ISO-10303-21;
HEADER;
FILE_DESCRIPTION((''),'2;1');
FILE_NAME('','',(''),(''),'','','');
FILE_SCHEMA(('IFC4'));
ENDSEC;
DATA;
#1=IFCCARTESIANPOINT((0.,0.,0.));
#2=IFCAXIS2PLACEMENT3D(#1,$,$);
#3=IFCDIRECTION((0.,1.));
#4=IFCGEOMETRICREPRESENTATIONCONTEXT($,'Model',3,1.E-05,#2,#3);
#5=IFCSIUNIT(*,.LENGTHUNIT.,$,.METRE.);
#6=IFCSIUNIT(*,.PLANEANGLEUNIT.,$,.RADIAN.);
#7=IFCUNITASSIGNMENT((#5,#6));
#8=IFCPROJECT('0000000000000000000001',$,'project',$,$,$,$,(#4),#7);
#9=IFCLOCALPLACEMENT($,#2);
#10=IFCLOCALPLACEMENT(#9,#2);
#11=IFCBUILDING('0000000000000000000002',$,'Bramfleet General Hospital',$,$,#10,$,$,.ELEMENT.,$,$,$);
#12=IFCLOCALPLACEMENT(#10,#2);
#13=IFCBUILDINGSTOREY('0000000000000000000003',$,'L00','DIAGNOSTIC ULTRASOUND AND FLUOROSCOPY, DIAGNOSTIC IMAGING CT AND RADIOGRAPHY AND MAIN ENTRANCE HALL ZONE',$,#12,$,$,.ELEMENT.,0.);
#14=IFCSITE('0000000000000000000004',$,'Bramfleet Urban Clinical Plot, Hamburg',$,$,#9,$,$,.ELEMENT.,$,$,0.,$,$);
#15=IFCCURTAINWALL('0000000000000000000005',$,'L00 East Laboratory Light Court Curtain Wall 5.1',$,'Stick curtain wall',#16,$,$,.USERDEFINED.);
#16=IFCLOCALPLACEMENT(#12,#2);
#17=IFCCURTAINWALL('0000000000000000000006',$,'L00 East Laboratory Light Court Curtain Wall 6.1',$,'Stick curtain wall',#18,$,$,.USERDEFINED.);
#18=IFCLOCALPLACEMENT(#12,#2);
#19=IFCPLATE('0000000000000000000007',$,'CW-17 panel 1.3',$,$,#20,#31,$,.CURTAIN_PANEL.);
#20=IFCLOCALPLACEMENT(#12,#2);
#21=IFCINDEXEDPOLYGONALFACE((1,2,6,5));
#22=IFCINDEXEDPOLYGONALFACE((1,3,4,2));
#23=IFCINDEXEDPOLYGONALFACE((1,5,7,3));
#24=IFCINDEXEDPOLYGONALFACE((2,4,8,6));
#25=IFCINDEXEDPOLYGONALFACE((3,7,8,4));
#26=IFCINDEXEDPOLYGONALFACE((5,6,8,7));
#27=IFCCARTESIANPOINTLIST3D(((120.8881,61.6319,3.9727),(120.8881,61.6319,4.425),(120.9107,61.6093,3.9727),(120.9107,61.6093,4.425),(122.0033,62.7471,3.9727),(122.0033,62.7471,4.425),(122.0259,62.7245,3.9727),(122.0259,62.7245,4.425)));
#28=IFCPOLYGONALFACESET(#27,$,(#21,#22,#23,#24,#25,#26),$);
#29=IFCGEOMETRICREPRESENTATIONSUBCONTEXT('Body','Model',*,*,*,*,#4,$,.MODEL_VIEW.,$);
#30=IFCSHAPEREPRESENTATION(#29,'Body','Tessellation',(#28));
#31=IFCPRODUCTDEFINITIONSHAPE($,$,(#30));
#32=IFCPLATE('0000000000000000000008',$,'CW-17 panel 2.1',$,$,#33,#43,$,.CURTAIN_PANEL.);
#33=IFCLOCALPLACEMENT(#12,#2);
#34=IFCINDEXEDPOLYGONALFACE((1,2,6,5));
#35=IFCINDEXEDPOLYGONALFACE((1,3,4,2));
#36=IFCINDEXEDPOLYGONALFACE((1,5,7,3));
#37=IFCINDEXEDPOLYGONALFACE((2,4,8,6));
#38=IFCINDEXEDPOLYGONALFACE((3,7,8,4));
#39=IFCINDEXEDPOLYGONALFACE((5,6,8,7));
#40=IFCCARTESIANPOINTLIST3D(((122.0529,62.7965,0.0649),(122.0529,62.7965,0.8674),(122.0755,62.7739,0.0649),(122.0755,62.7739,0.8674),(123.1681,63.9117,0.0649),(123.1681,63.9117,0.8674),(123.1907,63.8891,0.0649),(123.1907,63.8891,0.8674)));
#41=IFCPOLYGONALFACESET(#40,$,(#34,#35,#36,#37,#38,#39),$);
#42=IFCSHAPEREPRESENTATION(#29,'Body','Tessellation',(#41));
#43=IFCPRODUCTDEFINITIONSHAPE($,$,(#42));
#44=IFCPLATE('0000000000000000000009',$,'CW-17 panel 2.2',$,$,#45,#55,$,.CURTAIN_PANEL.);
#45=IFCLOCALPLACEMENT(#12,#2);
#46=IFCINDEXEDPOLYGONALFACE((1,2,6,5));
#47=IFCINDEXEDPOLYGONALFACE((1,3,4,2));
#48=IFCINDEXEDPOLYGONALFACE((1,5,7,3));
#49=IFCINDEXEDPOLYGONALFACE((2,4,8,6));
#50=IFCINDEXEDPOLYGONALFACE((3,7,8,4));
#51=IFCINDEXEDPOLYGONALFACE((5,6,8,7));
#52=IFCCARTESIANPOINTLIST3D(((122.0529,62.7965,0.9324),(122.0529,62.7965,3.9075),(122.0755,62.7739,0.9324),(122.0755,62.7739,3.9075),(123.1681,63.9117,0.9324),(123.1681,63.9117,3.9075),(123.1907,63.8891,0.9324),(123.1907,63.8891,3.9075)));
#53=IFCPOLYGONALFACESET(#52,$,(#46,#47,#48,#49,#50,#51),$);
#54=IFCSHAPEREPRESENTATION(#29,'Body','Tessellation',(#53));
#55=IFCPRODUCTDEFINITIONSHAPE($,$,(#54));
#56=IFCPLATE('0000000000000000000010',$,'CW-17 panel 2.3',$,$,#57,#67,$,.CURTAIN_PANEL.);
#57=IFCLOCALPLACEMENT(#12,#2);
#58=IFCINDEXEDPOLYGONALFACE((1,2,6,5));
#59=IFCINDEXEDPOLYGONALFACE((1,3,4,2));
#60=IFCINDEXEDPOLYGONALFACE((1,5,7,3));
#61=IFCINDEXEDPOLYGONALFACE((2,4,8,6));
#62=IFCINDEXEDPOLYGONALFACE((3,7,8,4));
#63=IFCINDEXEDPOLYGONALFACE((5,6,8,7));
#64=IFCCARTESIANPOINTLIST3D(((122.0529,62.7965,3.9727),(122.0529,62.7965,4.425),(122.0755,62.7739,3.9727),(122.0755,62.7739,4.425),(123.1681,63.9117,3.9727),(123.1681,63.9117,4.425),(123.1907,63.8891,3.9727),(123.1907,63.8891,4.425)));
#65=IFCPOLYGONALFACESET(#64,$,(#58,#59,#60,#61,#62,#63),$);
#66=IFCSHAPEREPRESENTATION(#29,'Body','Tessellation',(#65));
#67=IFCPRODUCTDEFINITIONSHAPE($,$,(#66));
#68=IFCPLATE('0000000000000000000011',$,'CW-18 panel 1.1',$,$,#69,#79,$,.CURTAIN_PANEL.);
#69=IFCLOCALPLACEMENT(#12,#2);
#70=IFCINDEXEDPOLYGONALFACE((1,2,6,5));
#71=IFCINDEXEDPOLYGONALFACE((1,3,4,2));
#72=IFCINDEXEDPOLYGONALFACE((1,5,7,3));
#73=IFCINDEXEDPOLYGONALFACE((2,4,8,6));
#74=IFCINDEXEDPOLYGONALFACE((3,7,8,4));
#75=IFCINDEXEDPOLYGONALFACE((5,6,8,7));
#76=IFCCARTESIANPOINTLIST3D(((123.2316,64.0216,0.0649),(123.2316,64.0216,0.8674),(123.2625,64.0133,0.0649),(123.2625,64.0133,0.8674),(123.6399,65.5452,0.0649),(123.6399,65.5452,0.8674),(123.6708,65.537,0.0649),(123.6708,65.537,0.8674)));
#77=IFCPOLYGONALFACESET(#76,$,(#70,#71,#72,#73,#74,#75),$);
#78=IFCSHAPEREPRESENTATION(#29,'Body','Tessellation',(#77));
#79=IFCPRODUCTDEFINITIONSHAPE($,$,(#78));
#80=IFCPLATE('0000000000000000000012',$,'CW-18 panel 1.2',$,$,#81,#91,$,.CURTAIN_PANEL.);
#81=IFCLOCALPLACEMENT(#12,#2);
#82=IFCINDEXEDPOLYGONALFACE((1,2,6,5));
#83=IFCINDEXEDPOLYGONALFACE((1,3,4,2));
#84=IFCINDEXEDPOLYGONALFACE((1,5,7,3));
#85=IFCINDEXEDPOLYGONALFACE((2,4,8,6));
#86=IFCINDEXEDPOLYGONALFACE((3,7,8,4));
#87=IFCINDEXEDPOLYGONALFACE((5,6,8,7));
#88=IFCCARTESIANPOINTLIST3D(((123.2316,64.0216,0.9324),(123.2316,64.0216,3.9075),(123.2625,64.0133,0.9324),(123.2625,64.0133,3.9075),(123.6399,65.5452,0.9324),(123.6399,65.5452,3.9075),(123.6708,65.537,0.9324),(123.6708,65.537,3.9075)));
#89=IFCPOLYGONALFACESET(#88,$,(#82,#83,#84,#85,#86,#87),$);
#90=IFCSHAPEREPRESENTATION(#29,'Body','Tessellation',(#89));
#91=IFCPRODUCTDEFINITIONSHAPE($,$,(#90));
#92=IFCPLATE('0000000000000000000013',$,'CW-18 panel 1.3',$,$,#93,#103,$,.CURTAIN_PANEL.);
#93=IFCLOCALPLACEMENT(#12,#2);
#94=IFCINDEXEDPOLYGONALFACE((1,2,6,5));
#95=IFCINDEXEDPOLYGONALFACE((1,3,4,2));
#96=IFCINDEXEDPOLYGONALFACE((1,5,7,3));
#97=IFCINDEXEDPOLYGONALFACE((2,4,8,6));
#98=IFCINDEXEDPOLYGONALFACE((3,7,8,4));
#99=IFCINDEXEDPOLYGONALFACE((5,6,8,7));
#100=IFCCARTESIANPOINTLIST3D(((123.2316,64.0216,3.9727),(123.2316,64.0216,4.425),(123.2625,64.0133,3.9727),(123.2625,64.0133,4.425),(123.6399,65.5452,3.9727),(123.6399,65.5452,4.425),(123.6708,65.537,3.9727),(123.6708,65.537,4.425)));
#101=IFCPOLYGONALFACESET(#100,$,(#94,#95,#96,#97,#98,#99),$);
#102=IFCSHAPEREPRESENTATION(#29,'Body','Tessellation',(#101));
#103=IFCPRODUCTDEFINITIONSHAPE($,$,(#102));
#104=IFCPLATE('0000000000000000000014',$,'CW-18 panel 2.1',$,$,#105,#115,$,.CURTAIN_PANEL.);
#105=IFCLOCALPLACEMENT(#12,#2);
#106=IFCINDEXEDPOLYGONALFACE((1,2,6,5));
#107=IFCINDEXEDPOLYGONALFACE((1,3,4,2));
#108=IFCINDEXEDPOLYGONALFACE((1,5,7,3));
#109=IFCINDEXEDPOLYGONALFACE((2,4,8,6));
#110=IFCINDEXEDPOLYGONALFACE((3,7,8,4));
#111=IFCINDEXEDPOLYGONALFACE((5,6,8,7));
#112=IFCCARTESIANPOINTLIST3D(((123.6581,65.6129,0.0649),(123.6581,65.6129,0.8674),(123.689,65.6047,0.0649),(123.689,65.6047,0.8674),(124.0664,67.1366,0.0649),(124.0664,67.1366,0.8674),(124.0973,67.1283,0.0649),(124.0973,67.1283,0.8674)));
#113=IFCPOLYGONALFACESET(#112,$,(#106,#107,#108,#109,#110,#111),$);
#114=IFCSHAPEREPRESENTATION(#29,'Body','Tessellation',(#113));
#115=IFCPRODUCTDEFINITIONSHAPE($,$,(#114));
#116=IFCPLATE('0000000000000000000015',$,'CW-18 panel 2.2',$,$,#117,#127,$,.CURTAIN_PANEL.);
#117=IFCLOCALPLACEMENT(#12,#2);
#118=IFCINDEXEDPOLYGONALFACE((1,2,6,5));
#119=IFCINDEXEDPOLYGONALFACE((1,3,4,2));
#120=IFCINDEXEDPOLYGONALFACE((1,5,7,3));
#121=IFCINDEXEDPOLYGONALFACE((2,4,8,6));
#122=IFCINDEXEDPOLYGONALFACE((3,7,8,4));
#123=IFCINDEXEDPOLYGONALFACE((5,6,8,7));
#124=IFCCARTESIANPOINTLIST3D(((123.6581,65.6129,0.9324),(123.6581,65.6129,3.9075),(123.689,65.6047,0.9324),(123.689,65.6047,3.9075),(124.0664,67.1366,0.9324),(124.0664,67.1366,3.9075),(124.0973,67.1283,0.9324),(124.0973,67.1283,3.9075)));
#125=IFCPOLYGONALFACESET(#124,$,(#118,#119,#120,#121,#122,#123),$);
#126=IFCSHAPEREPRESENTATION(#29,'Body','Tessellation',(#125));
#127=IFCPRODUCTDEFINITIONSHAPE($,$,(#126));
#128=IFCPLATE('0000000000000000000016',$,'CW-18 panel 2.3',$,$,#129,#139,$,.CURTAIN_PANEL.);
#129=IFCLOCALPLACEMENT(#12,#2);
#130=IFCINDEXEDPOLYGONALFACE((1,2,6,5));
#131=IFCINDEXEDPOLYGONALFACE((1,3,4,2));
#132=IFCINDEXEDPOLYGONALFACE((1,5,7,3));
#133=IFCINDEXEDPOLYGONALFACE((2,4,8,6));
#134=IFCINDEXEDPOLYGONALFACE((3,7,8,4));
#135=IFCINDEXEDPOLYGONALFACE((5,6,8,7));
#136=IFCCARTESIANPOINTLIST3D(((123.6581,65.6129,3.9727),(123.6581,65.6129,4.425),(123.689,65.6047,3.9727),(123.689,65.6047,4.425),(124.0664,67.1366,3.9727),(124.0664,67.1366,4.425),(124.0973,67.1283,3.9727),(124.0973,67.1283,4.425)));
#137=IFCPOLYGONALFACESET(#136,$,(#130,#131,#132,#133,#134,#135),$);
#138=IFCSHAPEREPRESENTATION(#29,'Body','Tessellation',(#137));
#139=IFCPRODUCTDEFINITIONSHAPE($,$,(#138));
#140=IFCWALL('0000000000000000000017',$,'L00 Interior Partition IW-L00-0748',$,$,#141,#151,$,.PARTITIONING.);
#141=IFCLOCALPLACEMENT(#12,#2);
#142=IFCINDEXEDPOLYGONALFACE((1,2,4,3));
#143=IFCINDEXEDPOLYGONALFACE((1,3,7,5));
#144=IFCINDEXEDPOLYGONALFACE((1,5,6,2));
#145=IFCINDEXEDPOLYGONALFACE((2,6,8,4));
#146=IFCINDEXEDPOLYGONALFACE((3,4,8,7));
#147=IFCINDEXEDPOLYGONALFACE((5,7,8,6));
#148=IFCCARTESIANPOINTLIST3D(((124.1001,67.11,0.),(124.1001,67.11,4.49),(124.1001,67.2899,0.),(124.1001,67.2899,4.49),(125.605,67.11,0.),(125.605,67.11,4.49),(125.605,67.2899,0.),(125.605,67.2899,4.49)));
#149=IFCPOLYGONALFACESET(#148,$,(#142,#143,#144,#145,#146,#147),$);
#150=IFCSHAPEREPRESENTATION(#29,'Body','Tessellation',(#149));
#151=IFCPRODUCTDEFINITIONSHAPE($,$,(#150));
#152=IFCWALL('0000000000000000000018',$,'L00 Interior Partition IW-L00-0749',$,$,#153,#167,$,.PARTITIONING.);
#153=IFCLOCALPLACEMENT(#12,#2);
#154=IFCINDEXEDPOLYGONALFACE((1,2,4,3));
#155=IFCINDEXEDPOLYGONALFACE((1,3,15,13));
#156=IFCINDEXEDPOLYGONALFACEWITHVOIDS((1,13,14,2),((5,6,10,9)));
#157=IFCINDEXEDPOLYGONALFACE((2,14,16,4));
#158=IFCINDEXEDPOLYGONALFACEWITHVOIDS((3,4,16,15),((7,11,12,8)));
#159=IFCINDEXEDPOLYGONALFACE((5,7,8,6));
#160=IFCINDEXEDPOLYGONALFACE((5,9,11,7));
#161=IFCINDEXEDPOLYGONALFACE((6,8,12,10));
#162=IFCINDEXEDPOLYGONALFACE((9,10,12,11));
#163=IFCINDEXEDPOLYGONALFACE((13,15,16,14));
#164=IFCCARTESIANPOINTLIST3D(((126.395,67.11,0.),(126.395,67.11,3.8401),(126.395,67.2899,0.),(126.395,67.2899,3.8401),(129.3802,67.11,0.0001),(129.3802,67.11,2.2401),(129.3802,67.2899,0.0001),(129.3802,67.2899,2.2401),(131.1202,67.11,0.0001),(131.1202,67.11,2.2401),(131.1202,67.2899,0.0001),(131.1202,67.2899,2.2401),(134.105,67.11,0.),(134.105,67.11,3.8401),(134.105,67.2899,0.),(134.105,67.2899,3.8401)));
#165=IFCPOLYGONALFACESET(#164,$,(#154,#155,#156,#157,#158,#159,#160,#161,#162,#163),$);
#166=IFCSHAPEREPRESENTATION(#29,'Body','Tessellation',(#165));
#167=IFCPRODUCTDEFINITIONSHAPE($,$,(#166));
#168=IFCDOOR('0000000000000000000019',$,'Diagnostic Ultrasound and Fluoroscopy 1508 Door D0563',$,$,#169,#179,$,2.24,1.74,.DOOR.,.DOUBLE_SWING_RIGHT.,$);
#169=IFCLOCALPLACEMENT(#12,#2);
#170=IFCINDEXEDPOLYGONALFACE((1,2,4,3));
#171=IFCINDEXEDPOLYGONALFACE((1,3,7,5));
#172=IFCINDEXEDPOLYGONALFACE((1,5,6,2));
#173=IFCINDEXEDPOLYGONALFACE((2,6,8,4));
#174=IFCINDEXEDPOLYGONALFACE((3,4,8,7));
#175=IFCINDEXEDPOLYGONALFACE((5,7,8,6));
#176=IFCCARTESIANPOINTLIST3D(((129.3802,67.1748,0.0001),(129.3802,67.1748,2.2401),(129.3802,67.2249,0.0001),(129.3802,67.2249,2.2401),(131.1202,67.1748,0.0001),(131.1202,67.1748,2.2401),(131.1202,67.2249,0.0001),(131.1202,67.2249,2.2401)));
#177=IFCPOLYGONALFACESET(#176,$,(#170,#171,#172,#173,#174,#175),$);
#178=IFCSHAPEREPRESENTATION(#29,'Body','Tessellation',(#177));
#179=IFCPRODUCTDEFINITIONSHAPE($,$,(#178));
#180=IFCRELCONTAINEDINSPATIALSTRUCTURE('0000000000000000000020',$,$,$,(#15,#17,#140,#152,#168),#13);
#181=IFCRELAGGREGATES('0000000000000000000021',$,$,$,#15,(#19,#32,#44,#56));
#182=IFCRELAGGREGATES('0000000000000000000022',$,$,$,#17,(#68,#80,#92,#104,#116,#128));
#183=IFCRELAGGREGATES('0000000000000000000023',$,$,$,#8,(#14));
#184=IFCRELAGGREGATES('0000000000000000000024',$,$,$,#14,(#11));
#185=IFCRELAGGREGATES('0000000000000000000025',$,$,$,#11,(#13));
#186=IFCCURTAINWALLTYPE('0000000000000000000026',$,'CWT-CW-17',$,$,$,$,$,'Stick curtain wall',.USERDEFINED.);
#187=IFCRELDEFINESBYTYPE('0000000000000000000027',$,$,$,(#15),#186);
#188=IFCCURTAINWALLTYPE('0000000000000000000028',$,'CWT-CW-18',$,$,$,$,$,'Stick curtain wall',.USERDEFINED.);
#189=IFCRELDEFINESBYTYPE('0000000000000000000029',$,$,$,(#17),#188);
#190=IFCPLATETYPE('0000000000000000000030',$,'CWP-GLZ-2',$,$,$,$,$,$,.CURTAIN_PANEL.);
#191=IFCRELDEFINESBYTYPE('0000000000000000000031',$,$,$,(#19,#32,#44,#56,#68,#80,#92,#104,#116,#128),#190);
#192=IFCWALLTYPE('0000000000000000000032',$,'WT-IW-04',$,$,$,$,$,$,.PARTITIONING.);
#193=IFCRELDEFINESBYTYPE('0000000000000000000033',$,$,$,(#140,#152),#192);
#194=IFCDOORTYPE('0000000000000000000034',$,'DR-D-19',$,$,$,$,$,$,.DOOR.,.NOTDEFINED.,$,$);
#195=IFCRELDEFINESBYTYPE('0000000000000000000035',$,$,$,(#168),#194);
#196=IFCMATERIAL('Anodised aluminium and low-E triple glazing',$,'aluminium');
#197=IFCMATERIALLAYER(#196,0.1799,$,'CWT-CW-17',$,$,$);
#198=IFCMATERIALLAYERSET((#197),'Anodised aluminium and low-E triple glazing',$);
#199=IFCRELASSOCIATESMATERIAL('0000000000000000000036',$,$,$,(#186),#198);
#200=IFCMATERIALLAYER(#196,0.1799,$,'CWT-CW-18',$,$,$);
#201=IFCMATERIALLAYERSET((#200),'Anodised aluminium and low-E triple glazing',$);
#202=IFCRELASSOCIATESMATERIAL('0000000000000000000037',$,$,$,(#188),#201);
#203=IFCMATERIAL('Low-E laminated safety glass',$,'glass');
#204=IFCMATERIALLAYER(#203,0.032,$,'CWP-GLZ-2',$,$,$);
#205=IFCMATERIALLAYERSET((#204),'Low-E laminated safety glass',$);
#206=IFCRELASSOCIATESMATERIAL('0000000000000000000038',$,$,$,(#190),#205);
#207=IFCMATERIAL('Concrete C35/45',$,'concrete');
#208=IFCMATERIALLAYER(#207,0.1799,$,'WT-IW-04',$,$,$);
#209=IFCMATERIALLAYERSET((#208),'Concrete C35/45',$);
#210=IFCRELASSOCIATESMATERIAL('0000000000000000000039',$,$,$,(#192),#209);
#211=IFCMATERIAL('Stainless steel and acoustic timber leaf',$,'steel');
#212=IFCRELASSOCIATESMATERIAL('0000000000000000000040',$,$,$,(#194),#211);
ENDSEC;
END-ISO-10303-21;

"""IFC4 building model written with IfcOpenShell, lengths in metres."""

from ifc_helpers import new_model, si_unit, direction, frame, frame_2d, origin, origin_2d, place, context, subcontext, project, spatial, rectangle, extrude, material, layer, layer_set, type_object, element, fill, aggregate, save


model = new_model("IFC4")

# Units and contexts
model_context = context("Model", 3, precision=1e-05, world=origin(), true_north=direction((0.0, 1.0)))
body_context = subcontext(model_context, "Body", "Model", "MODEL_VIEW")
ifc_project = project(units=[si_unit("LENGTHUNIT", "METRE"), si_unit("PLANEANGLEUNIT", "RADIAN")], contexts=[model_context])

# Site, building, storey
site_placement = place(None, origin())
site = spatial("IfcSite", under=ifc_project, at=site_placement, Name="Bramfleet Urban Clinical Plot, Hamburg", CompositionType="ELEMENT", RefElevation=0.0)
building_placement = place(site_placement, origin())
building = spatial("IfcBuilding", under=site, at=building_placement, Name="Bramfleet General Hospital", CompositionType="ELEMENT")
storey_placement = place(building_placement, origin())
storey = spatial("IfcBuildingStorey", under=building, at=storey_placement, Name="L00", Description="DIAGNOSTIC ULTRASOUND AND FLUOROSCOPY, DIAGNOSTIC IMAGING CT AND RADIOGRAPHY AND MAIN ENTRANCE HALL ZONE", CompositionType="ELEMENT", Elevation=0.0)

# Shared definitions
ifc_material_1 = material(Name="Concrete C35/45", Category="concrete")

# Curtain walls
ifc_material_2 = material(Name="Anodised aluminium and low-E triple glazing", Category="aluminium")
ifc_layer_1 = layer(ifc_material_2, 0.1799, Name="CWT-CW-17")
ifc_layer_set_1 = layer_set([ifc_layer_1], Name="Anodised aluminium and low-E triple glazing")
curtain_wall_type_1 = type_object("IfcCurtainWallType", Name="CWT-CW-17", ElementType="Stick curtain wall", PredefinedType="USERDEFINED", material=ifc_layer_set_1)
curtain_wall_1_placement = place(storey_placement, origin())
curtain_wall_1 = element("IfcCurtainWall", 1, at=curtain_wall_1_placement, inside=storey, type_object=curtain_wall_type_1, Name="L00 East Laboratory Light Court Curtain Wall 5.1", ObjectType="Stick curtain wall", PredefinedType="USERDEFINED")
ifc_layer_2 = layer(ifc_material_2, 0.1799, Name="CWT-CW-18")
ifc_layer_set_2 = layer_set([ifc_layer_2], Name="Anodised aluminium and low-E triple glazing")
curtain_wall_type_2 = type_object("IfcCurtainWallType", Name="CWT-CW-18", ElementType="Stick curtain wall", PredefinedType="USERDEFINED", material=ifc_layer_set_2)
curtain_wall_2_placement = place(storey_placement, origin())
curtain_wall_2 = element("IfcCurtainWall", 2, at=curtain_wall_2_placement, inside=storey, type_object=curtain_wall_type_2, Name="L00 East Laboratory Light Court Curtain Wall 6.1", ObjectType="Stick curtain wall", PredefinedType="USERDEFINED")

# Plates
ifc_material_3 = material(Name="Low-E laminated safety glass", Category="glass")
ifc_layer_3 = layer(ifc_material_3, 0.032, Name="CWP-GLZ-2")
ifc_layer_set_3 = layer_set([ifc_layer_3], Name="Low-E laminated safety glass")
plate_type = type_object("IfcPlateType", Name="CWP-GLZ-2", PredefinedType="CURTAIN_PANEL", material=ifc_layer_set_3)
plate_1_placement = place(storey_placement, frame((121.457, 62.1782, 3.9727), z_axis=(0.0, 0.0, 1.0), x_axis=(0.707107, 0.707107, 0.0)))
plate_1 = element("IfcPlate", 3, at=plate_1_placement, type_object=plate_type, Name="CW-17 panel 1.3", PredefinedType="CURTAIN_PANEL", context=body_context, shape_type="SweptSolid", body=[
    extrude(rectangle(XDim=1.5771, YDim=0.032, at=origin_2d()), origin(), (0.0, 0.0, 1.0), 0.4524),
])
plate_2_placement = place(storey_placement, frame((122.6218, 63.3428, 0.0649), z_axis=(0.0, 0.0, 1.0), x_axis=(0.707107, 0.707107, 0.0)))
plate_2 = element("IfcPlate", 4, at=plate_2_placement, type_object=plate_type, Name="CW-17 panel 2.1", PredefinedType="CURTAIN_PANEL", context=body_context, shape_type="SweptSolid", body=[
    extrude(rectangle(XDim=1.5771, YDim=0.032, at=origin_2d()), origin(), (0.0, 0.0, 1.0), 0.8025),
])
plate_3_placement = place(storey_placement, frame((122.6218, 63.3428, 0.9324), z_axis=(0.0, 0.0, 1.0), x_axis=(0.707107, 0.707107, 0.0)))
plate_3 = element("IfcPlate", 5, at=plate_3_placement, type_object=plate_type, Name="CW-17 panel 2.2", PredefinedType="CURTAIN_PANEL", context=body_context, shape_type="SweptSolid", body=[
    extrude(rectangle(XDim=1.5771, YDim=0.032, at=origin_2d()), origin(), (0.0, 0.0, 1.0), 2.9751),
])
plate_4_placement = place(storey_placement, frame((122.6218, 63.3428, 3.9727), z_axis=(0.0, 0.0, 1.0), x_axis=(0.707107, 0.707107, 0.0)))
plate_4 = element("IfcPlate", 6, at=plate_4_placement, type_object=plate_type, Name="CW-17 panel 2.3", PredefinedType="CURTAIN_PANEL", context=body_context, shape_type="SweptSolid", body=[
    extrude(rectangle(XDim=1.5771, YDim=0.032, at=origin_2d()), origin(), (0.0, 0.0, 1.0), 0.4524),
])
aggregate(curtain_wall_1, [plate_1, plate_2, plate_3, plate_4])
plate_5_placement = place(storey_placement, frame((123.4512, 64.7793, 0.0649), z_axis=(0.0, 0.0, 1.0), x_axis=(0.258865, 0.965914, 0.0)))
plate_5 = element("IfcPlate", 7, at=plate_5_placement, type_object=plate_type, Name="CW-18 panel 1.1", PredefinedType="CURTAIN_PANEL", context=body_context, shape_type="SweptSolid", body=[
    extrude(rectangle(XDim=1.5774, YDim=0.032, at=origin_2d()), origin(), (0.0, 0.0, 1.0), 0.8025),
])
plate_6_placement = place(storey_placement, frame((123.4512, 64.7793, 0.9324), z_axis=(0.0, 0.0, 1.0), x_axis=(0.258865, 0.965914, 0.0)))
plate_6 = element("IfcPlate", 8, at=plate_6_placement, type_object=plate_type, Name="CW-18 panel 1.2", PredefinedType="CURTAIN_PANEL", context=body_context, shape_type="SweptSolid", body=[
    extrude(rectangle(XDim=1.5774, YDim=0.032, at=origin_2d()), origin(), (0.0, 0.0, 1.0), 2.9751),
])
plate_7_placement = place(storey_placement, frame((123.4512, 64.7793, 3.9727), z_axis=(0.0, 0.0, 1.0), x_axis=(0.258865, 0.965914, 0.0)))
plate_7 = element("IfcPlate", 9, at=plate_7_placement, type_object=plate_type, Name="CW-18 panel 1.3", PredefinedType="CURTAIN_PANEL", context=body_context, shape_type="SweptSolid", body=[
    extrude(rectangle(XDim=1.5774, YDim=0.032, at=origin_2d()), origin(), (0.0, 0.0, 1.0), 0.4524),
])
plate_8_placement = place(storey_placement, frame((123.8777, 66.3706, 0.0649), z_axis=(0.0, 0.0, 1.0), x_axis=(0.258865, 0.965914, 0.0)))
plate_8 = element("IfcPlate", 10, at=plate_8_placement, type_object=plate_type, Name="CW-18 panel 2.1", PredefinedType="CURTAIN_PANEL", context=body_context, shape_type="SweptSolid", body=[
    extrude(rectangle(XDim=1.5774, YDim=0.032, at=origin_2d()), origin(), (0.0, 0.0, 1.0), 0.8025),
])
plate_9_placement = place(storey_placement, frame((123.8777, 66.3706, 0.9324), z_axis=(0.0, 0.0, 1.0), x_axis=(0.258865, 0.965914, 0.0)))
plate_9 = element("IfcPlate", 11, at=plate_9_placement, type_object=plate_type, Name="CW-18 panel 2.2", PredefinedType="CURTAIN_PANEL", context=body_context, shape_type="SweptSolid", body=[
    extrude(rectangle(XDim=1.5774, YDim=0.032, at=origin_2d()), origin(), (0.0, 0.0, 1.0), 2.9751),
])
plate_10_placement = place(storey_placement, frame((123.8777, 66.3706, 3.9727), z_axis=(0.0, 0.0, 1.0), x_axis=(0.258865, 0.965914, 0.0)))
plate_10 = element("IfcPlate", 12, at=plate_10_placement, type_object=plate_type, Name="CW-18 panel 2.3", PredefinedType="CURTAIN_PANEL", context=body_context, shape_type="SweptSolid", body=[
    extrude(rectangle(XDim=1.5774, YDim=0.032, at=origin_2d()), origin(), (0.0, 0.0, 1.0), 0.4524),
])
aggregate(curtain_wall_2, [plate_5, plate_6, plate_7, plate_8, plate_9, plate_10])

# Wall
ifc_layer_4 = layer(ifc_material_1, 0.1799, Name="WT-IW-04")
ifc_layer_set_4 = layer_set([ifc_layer_4], Name="Concrete C35/45")
wall_type = type_object("IfcWallType", Name="WT-IW-04", PredefinedType="PARTITIONING", material=ifc_layer_set_4)
wall_1_placement = place(storey_placement, frame((124.1001, 67.2, 0.0), z_axis=(0.0, 0.0, 1.0), x_axis=(1.0, 0.0, 0.0)))
element("IfcWall", 13, at=wall_1_placement, inside=storey, type_object=wall_type, Name="L00 Interior Partition IW-L00-0748", PredefinedType="PARTITIONING", context=body_context, shape_type="SweptSolid", body=[
    extrude(rectangle(XDim=1.5049, YDim=0.1799, at=frame_2d((0.7524, 0.0))), origin(), (0.0, 0.0, 1.0), 4.49),
])

# Wall, opening, door
wall_2_placement = place(storey_placement, frame((126.395, 67.2, 0.0), z_axis=(0.0, 0.0, 1.0), x_axis=(1.0, 0.0, 0.0)))
wall_2 = element("IfcWall", 14, at=wall_2_placement, inside=storey, type_object=wall_type, Name="L00 Interior Partition IW-L00-0749", PredefinedType="PARTITIONING", context=body_context, shape_type="SweptSolid", body=[
    extrude(rectangle(XDim=7.71, YDim=0.1799, at=frame_2d((3.855, 0.0))), origin(), (0.0, 0.0, 1.0), 3.8401),
])
opening_placement = place(wall_2_placement, frame((2.9851, 0.0, 0.0)))
opening = element("IfcOpeningElement", 15, at=opening_placement, cuts=wall_2, PredefinedType="OPENING", context=body_context, shape_type="SweptSolid", body=[
    extrude(rectangle(XDim=1.74, YDim=2.24, at=frame_2d((0.8701, 1.1201))), frame((0.0, 0.0999, 0.0), z_axis=(0.0, -1.0, 0.0), x_axis=(1.0, 0.0, 0.0)), (0.0, 0.0, 1.0), 0.2),
])
ifc_material_4 = material(Name="Stainless steel and acoustic timber leaf", Category="steel")
door_type = type_object("IfcDoorType", Name="DR-D-19", OperationType="NOTDEFINED", PredefinedType="DOOR", material=ifc_material_4)
door_placement = place(opening_placement, origin())
door = element("IfcDoor", 16, at=door_placement, inside=storey, type_object=door_type, Name="Diagnostic Ultrasound and Fluoroscopy 1508 Door D0563", OperationType="DOUBLE_SWING_RIGHT", OverallHeight=2.24, OverallWidth=1.74, PredefinedType="DOOR", context=body_context, shape_type="SweptSolid", body=[
    extrude(rectangle(XDim=1.74, YDim=2.24, at=frame_2d((0.8701, 1.1201))), frame((0.0, 0.0249, 0.0), z_axis=(0.0, -1.0, 0.0), x_axis=(1.0, 0.0, 0.0)), (0.0, 0.0, 1.0), 0.05),
])
fill(opening, door)

save(model, "model.ifc")
